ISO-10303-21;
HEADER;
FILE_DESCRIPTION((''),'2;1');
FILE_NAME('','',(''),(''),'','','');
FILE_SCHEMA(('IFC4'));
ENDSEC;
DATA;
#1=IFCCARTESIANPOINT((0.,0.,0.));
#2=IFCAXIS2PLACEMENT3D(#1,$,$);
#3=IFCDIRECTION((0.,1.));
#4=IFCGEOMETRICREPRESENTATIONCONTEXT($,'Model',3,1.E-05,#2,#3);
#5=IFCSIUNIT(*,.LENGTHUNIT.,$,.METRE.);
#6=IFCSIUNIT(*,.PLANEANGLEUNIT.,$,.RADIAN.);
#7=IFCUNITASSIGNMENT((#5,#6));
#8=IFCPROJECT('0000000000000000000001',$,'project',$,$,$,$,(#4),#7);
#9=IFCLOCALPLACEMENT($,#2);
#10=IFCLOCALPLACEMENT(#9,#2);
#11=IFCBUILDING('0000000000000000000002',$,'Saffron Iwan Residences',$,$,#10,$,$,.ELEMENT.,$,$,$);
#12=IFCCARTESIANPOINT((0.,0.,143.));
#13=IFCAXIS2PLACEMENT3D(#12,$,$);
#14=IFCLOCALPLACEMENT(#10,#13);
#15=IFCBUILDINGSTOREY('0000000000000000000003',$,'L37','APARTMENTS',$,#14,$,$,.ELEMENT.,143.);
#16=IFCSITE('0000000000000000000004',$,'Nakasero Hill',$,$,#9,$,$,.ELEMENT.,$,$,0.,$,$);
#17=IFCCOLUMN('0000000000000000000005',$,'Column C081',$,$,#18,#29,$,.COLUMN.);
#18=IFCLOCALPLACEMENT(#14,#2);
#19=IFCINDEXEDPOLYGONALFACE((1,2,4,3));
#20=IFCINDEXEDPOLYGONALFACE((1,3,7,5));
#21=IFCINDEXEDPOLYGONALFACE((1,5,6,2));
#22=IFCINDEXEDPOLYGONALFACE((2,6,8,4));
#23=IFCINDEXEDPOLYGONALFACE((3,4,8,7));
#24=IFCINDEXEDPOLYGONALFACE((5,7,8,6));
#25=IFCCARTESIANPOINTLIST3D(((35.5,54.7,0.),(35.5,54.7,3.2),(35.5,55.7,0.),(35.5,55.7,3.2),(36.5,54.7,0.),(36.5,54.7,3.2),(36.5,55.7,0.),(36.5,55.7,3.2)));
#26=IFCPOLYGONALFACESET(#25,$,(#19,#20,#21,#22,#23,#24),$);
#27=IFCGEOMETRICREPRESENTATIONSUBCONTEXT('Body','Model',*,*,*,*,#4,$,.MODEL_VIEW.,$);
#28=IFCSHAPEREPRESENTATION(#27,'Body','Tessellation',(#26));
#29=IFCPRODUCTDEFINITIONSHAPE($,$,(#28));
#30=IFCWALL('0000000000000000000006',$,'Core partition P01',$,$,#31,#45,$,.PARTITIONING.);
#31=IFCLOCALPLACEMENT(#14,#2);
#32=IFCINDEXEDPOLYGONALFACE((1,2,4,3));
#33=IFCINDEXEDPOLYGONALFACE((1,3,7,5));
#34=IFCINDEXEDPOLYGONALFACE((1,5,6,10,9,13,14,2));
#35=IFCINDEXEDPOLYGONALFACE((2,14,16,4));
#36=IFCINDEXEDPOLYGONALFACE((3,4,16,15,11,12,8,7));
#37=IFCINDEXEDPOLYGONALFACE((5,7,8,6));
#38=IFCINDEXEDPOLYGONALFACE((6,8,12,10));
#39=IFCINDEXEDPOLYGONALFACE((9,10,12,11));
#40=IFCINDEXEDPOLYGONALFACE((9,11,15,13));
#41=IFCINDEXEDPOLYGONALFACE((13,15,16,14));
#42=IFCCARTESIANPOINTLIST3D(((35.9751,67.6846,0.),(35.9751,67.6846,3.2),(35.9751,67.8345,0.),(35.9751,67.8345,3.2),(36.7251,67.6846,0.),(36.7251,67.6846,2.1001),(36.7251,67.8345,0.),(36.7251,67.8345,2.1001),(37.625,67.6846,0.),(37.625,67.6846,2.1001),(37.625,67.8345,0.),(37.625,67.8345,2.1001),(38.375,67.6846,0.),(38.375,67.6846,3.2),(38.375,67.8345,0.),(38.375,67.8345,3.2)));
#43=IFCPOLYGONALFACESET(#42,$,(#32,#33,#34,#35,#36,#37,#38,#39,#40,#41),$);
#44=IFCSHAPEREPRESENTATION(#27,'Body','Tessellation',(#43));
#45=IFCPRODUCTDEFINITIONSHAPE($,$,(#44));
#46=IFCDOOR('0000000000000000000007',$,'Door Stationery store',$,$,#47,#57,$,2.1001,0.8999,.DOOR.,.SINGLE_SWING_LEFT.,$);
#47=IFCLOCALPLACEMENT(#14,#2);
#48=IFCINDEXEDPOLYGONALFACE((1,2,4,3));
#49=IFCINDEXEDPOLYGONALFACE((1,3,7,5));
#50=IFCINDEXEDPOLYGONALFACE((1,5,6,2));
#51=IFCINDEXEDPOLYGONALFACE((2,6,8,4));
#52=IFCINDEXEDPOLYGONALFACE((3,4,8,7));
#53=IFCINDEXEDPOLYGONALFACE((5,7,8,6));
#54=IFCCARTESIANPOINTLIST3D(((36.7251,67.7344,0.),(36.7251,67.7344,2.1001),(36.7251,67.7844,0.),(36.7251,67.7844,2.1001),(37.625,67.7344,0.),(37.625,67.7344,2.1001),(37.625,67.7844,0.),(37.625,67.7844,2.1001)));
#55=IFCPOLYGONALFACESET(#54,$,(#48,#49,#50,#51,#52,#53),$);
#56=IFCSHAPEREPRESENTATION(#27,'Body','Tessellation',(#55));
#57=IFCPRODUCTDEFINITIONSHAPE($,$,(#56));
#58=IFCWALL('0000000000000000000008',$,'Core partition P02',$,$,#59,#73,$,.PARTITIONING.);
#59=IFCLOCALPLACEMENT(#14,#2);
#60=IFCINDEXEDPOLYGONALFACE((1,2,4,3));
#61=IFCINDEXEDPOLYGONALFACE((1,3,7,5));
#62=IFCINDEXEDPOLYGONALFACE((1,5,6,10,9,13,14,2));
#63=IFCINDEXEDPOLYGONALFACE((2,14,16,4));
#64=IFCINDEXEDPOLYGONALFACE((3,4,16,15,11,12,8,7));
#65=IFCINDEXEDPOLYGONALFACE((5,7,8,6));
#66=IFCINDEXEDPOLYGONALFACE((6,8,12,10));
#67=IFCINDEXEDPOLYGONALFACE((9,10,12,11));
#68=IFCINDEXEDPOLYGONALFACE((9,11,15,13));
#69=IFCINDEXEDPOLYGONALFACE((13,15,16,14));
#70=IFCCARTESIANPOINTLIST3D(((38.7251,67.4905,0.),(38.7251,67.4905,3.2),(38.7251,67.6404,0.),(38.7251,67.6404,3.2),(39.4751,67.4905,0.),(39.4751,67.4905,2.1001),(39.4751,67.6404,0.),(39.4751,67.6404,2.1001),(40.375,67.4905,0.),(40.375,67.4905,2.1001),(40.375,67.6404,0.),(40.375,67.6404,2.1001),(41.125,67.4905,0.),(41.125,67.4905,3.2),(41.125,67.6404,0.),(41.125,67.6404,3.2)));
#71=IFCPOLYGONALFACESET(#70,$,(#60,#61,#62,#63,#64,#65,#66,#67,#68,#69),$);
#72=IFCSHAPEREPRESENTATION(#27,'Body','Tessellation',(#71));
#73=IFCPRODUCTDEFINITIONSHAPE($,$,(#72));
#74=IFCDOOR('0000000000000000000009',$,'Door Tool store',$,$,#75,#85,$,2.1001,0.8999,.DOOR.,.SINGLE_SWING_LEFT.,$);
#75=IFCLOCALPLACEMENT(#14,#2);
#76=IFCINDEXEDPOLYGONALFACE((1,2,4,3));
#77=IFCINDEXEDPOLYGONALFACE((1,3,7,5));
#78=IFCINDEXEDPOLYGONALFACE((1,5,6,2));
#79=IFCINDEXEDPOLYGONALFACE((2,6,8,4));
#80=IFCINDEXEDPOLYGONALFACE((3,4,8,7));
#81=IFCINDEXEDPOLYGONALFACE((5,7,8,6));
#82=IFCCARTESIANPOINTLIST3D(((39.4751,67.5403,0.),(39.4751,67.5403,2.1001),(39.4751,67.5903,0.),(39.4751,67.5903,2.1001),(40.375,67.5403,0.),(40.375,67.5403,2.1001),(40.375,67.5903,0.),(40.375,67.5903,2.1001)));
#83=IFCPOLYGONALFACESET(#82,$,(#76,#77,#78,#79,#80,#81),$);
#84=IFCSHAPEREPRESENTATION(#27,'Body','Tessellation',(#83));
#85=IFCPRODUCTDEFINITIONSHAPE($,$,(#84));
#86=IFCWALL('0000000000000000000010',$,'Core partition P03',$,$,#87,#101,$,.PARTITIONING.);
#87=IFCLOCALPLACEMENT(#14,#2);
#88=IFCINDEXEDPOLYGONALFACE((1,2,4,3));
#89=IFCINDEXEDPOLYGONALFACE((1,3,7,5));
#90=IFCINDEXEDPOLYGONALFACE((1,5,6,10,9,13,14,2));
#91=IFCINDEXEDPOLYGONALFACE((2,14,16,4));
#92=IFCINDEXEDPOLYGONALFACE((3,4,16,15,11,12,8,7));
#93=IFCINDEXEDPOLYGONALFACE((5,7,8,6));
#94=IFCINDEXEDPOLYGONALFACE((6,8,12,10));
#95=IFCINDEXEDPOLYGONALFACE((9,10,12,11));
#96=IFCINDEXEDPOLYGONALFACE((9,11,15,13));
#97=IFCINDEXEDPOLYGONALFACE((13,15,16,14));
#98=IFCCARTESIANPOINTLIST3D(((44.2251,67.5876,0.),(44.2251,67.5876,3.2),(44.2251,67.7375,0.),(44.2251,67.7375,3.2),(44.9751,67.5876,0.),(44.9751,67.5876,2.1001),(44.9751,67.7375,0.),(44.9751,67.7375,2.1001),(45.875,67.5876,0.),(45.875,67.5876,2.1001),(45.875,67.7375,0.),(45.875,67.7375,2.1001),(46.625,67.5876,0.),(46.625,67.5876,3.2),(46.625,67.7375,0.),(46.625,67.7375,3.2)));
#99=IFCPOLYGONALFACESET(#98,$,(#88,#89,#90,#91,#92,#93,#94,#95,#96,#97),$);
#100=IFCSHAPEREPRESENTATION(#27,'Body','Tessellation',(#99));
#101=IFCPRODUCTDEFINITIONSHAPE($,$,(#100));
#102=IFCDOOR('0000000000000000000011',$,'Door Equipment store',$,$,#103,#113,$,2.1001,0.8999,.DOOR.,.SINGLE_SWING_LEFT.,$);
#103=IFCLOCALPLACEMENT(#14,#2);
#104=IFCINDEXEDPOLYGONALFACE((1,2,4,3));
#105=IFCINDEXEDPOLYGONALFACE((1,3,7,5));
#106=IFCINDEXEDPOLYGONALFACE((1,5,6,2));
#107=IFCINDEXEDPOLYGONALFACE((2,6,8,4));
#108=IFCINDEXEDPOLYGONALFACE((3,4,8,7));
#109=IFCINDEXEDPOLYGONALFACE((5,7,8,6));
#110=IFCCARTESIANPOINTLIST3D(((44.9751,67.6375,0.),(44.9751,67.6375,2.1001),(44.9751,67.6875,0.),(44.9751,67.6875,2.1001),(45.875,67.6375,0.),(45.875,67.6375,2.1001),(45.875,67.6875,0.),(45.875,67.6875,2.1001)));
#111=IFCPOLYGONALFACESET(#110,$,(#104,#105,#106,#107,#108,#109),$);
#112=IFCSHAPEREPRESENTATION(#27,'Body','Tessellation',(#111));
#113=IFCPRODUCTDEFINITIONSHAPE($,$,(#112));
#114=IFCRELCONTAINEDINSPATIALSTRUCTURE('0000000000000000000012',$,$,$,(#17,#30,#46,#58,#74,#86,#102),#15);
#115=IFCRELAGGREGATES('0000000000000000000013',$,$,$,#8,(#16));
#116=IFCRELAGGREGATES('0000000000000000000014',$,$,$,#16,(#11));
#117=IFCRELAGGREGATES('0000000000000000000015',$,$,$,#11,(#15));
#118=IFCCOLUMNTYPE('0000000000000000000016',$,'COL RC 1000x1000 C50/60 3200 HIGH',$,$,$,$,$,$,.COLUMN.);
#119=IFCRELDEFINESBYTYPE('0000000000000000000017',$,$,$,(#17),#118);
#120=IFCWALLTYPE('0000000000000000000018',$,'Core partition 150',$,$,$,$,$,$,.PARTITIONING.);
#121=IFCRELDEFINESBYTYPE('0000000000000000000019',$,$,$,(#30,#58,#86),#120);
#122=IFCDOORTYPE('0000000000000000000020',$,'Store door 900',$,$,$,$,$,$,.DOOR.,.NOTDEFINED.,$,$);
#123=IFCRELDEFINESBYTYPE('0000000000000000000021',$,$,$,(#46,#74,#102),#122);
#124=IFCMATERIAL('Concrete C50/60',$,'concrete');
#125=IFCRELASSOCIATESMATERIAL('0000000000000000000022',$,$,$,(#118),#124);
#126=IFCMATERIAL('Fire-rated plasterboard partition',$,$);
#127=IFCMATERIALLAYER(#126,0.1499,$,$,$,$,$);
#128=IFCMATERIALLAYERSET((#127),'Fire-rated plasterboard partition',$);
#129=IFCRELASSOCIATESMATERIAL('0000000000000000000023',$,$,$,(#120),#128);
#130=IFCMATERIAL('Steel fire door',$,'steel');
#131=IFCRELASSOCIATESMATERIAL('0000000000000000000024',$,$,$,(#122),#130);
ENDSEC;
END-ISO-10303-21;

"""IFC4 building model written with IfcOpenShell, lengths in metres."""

from ifc_helpers import new_model, si_unit, direction, frame, frame_2d, origin, origin_2d, place, context, subcontext, project, spatial, rectangle, extrude, source, transform, mapped, material, layer, layer_set, material_profile, profile_set, type_object, element, fill, save


model = new_model("IFC4")

# Units and contexts
model_context = context("Model", 3, precision=1e-05, world=origin(), true_north=direction((0.0, 1.0)))
body_context = subcontext(model_context, "Body", "Model", "MODEL_VIEW")
ifc_project = project(units=[si_unit("LENGTHUNIT", "METRE"), si_unit("PLANEANGLEUNIT", "RADIAN")], contexts=[model_context])

# Site, building, storey
site_placement = place(None, origin())
site = spatial("IfcSite", under=ifc_project, at=site_placement, Name="Nakasero Hill", CompositionType="ELEMENT", RefElevation=0.0)
building_placement = place(site_placement, origin())
building = spatial("IfcBuilding", under=site, at=building_placement, Name="Saffron Iwan Residences", CompositionType="ELEMENT")
storey_placement = place(building_placement, frame((0.0, 0.0, 143.0)))
storey = spatial("IfcBuildingStorey", under=building, at=storey_placement, Name="L37", Description="APARTMENTS", CompositionType="ELEMENT", Elevation=143.0)

# Column
ifc_material_1 = material(Name="Concrete C50/60", Category="concrete")
ifc_material_profile = material_profile(ifc_material_1, rectangle(XDim=1.0, YDim=1.0, at=origin_2d()), Name="RC 1000x1000")
ifc_profile_set = profile_set([ifc_material_profile], Name="Concrete C50/60")
column_type = type_object("IfcColumnType", Name="COL RC 1000x1000 C50/60 3200 HIGH", PredefinedType="COLUMN", material=ifc_profile_set)
shared_shape = source(origin(), body_context, "Body", "SweptSolid", [
    extrude(rectangle(XDim=1.0, YDim=1.0, at=origin_2d()), origin(), (0.0, 0.0, 1.0), 3.2),
])
column_placement = place(storey_placement, frame((36.0, 55.2, 0.0), z_axis=(0.0, 0.0, 1.0), x_axis=(1.0, 0.0, 0.0)))
element("IfcColumn", 1, at=column_placement, inside=storey, type_object=column_type, Name="Column C081", PredefinedType="COLUMN", context=body_context, shape_type="MappedRepresentation", body=[
    mapped(shared_shape, transform((0.0, 0.0, 0.0))),
])

# Walls, openings, doors
ifc_material_2 = material(Name="Fire-rated plasterboard partition")
ifc_layer_1 = layer(ifc_material_2, 0.1499)
ifc_layer_set_1 = layer_set([ifc_layer_1], Name="Fire-rated plasterboard partition")
wall_type_1 = type_object("IfcWallType", Name="Core partition 150", PredefinedType="PARTITIONING", material=ifc_layer_set_1)
wall_1_placement = place(storey_placement, frame((35.9751, 67.7595, 0.0), z_axis=(0.0, 0.0, 1.0), x_axis=(1.0, 0.0, 0.0)))
wall_1 = element("IfcWall", 2, at=wall_1_placement, inside=storey, type_object=wall_type_1, Name="Core partition P01", PredefinedType="PARTITIONING", context=body_context, shape_type="SweptSolid", body=[
    extrude(rectangle(XDim=2.3999, YDim=0.1499, at=frame_2d((1.2, 0.0))), origin(), (0.0, 0.0, 1.0), 3.2),
])
opening_1_placement = place(wall_1_placement, frame((0.75, 0.0, 0.0)))
opening_1 = element("IfcOpeningElement", 3, at=opening_1_placement, cuts=wall_1, PredefinedType="OPENING", context=body_context, shape_type="SweptSolid", body=[
    extrude(rectangle(XDim=0.8999, YDim=2.1001, at=frame_2d((0.45, 1.05))), frame((0.0, 0.085, 0.0), z_axis=(0.0, -1.0, 0.0), x_axis=(1.0, 0.0, 0.0)), (0.0, 0.0, 1.0), 0.1699),
])
ifc_material_3 = material(Name="Steel fire door", Category="steel")
door_type_1 = type_object("IfcDoorType", Name="Store door 900", OperationType="NOTDEFINED", PredefinedType="DOOR", material=ifc_material_3)
door_1_placement = place(opening_1_placement, origin())
door_1 = element("IfcDoor", 4, at=door_1_placement, inside=storey, type_object=door_type_1, Name="Door Stationery store", OperationType="SINGLE_SWING_LEFT", OverallHeight=2.1001, OverallWidth=0.8999, PredefinedType="DOOR", context=body_context, shape_type="SweptSolid", body=[
    extrude(rectangle(XDim=0.8999, YDim=2.1001, at=frame_2d((0.45, 1.05))), frame((0.0, 0.0249, 0.0), z_axis=(0.0, -1.0, 0.0), x_axis=(1.0, 0.0, 0.0)), (0.0, 0.0, 1.0), 0.05),
])
fill(opening_1, door_1)
wall_2_placement = place(storey_placement, frame((38.7251, 67.5654, 0.0), z_axis=(0.0, 0.0, 1.0), x_axis=(1.0, 0.0, 0.0)))
wall_2 = element("IfcWall", 5, at=wall_2_placement, inside=storey, type_object=wall_type_1, Name="Core partition P02", PredefinedType="PARTITIONING", context=body_context, shape_type="SweptSolid", body=[
    extrude(rectangle(XDim=2.3999, YDim=0.1499, at=frame_2d((1.2, 0.0))), origin(), (0.0, 0.0, 1.0), 3.2),
])
opening_2_placement = place(wall_2_placement, frame((0.75, 0.0, 0.0)))
opening_2 = element("IfcOpeningElement", 6, at=opening_2_placement, cuts=wall_2, PredefinedType="OPENING", context=body_context, shape_type="SweptSolid", body=[
    extrude(rectangle(XDim=0.8999, YDim=2.1001, at=frame_2d((0.45, 1.05))), frame((0.0, 0.085, 0.0), z_axis=(0.0, -1.0, 0.0), x_axis=(1.0, 0.0, 0.0)), (0.0, 0.0, 1.0), 0.1699),
])
door_2_placement = place(opening_2_placement, origin())
door_2 = element("IfcDoor", 7, at=door_2_placement, inside=storey, type_object=door_type_1, Name="Door Tool store", OperationType="SINGLE_SWING_LEFT", OverallHeight=2.1001, OverallWidth=0.8999, PredefinedType="DOOR", context=body_context, shape_type="SweptSolid", body=[
    extrude(rectangle(XDim=0.8999, YDim=2.1001, at=frame_2d((0.45, 1.05))), frame((0.0, 0.0249, 0.0), z_axis=(0.0, -1.0, 0.0), x_axis=(1.0, 0.0, 0.0)), (0.0, 0.0, 1.0), 0.05),
])
fill(opening_2, door_2)
wall_3_placement = place(storey_placement, frame((44.2251, 67.6626, 0.0), z_axis=(0.0, 0.0, 1.0), x_axis=(1.0, 0.0, 0.0)))
wall_3 = element("IfcWall", 8, at=wall_3_placement, inside=storey, type_object=wall_type_1, Name="Core partition P03", PredefinedType="PARTITIONING", context=body_context, shape_type="SweptSolid", body=[
    extrude(rectangle(XDim=2.3999, YDim=0.1499, at=frame_2d((1.2, 0.0))), origin(), (0.0, 0.0, 1.0), 3.2),
])
opening_3_placement = place(wall_3_placement, frame((0.75, 0.0, 0.0)))
opening_3 = element("IfcOpeningElement", 9, at=opening_3_placement, cuts=wall_3, PredefinedType="OPENING", context=body_context, shape_type="SweptSolid", body=[
    extrude(rectangle(XDim=0.8999, YDim=2.1001, at=frame_2d((0.45, 1.05))), frame((0.0, 0.085, 0.0), z_axis=(0.0, -1.0, 0.0), x_axis=(1.0, 0.0, 0.0)), (0.0, 0.0, 1.0), 0.1699),
])
door_3_placement = place(opening_3_placement, origin())
door_3 = element("IfcDoor", 10, at=door_3_placement, inside=storey, type_object=door_type_1, Name="Door Equipment store", OperationType="SINGLE_SWING_LEFT", OverallHeight=2.1001, OverallWidth=0.8999, PredefinedType="DOOR", context=body_context, shape_type="SweptSolid", body=[
    extrude(rectangle(XDim=0.8999, YDim=2.1001, at=frame_2d((0.45, 1.05))), frame((0.0, 0.0249, 0.0), z_axis=(0.0, -1.0, 0.0), x_axis=(1.0, 0.0, 0.0)), (0.0, 0.0, 1.0), 0.05),
])
fill(opening_3, door_3)

save(model, "model.ifc")
